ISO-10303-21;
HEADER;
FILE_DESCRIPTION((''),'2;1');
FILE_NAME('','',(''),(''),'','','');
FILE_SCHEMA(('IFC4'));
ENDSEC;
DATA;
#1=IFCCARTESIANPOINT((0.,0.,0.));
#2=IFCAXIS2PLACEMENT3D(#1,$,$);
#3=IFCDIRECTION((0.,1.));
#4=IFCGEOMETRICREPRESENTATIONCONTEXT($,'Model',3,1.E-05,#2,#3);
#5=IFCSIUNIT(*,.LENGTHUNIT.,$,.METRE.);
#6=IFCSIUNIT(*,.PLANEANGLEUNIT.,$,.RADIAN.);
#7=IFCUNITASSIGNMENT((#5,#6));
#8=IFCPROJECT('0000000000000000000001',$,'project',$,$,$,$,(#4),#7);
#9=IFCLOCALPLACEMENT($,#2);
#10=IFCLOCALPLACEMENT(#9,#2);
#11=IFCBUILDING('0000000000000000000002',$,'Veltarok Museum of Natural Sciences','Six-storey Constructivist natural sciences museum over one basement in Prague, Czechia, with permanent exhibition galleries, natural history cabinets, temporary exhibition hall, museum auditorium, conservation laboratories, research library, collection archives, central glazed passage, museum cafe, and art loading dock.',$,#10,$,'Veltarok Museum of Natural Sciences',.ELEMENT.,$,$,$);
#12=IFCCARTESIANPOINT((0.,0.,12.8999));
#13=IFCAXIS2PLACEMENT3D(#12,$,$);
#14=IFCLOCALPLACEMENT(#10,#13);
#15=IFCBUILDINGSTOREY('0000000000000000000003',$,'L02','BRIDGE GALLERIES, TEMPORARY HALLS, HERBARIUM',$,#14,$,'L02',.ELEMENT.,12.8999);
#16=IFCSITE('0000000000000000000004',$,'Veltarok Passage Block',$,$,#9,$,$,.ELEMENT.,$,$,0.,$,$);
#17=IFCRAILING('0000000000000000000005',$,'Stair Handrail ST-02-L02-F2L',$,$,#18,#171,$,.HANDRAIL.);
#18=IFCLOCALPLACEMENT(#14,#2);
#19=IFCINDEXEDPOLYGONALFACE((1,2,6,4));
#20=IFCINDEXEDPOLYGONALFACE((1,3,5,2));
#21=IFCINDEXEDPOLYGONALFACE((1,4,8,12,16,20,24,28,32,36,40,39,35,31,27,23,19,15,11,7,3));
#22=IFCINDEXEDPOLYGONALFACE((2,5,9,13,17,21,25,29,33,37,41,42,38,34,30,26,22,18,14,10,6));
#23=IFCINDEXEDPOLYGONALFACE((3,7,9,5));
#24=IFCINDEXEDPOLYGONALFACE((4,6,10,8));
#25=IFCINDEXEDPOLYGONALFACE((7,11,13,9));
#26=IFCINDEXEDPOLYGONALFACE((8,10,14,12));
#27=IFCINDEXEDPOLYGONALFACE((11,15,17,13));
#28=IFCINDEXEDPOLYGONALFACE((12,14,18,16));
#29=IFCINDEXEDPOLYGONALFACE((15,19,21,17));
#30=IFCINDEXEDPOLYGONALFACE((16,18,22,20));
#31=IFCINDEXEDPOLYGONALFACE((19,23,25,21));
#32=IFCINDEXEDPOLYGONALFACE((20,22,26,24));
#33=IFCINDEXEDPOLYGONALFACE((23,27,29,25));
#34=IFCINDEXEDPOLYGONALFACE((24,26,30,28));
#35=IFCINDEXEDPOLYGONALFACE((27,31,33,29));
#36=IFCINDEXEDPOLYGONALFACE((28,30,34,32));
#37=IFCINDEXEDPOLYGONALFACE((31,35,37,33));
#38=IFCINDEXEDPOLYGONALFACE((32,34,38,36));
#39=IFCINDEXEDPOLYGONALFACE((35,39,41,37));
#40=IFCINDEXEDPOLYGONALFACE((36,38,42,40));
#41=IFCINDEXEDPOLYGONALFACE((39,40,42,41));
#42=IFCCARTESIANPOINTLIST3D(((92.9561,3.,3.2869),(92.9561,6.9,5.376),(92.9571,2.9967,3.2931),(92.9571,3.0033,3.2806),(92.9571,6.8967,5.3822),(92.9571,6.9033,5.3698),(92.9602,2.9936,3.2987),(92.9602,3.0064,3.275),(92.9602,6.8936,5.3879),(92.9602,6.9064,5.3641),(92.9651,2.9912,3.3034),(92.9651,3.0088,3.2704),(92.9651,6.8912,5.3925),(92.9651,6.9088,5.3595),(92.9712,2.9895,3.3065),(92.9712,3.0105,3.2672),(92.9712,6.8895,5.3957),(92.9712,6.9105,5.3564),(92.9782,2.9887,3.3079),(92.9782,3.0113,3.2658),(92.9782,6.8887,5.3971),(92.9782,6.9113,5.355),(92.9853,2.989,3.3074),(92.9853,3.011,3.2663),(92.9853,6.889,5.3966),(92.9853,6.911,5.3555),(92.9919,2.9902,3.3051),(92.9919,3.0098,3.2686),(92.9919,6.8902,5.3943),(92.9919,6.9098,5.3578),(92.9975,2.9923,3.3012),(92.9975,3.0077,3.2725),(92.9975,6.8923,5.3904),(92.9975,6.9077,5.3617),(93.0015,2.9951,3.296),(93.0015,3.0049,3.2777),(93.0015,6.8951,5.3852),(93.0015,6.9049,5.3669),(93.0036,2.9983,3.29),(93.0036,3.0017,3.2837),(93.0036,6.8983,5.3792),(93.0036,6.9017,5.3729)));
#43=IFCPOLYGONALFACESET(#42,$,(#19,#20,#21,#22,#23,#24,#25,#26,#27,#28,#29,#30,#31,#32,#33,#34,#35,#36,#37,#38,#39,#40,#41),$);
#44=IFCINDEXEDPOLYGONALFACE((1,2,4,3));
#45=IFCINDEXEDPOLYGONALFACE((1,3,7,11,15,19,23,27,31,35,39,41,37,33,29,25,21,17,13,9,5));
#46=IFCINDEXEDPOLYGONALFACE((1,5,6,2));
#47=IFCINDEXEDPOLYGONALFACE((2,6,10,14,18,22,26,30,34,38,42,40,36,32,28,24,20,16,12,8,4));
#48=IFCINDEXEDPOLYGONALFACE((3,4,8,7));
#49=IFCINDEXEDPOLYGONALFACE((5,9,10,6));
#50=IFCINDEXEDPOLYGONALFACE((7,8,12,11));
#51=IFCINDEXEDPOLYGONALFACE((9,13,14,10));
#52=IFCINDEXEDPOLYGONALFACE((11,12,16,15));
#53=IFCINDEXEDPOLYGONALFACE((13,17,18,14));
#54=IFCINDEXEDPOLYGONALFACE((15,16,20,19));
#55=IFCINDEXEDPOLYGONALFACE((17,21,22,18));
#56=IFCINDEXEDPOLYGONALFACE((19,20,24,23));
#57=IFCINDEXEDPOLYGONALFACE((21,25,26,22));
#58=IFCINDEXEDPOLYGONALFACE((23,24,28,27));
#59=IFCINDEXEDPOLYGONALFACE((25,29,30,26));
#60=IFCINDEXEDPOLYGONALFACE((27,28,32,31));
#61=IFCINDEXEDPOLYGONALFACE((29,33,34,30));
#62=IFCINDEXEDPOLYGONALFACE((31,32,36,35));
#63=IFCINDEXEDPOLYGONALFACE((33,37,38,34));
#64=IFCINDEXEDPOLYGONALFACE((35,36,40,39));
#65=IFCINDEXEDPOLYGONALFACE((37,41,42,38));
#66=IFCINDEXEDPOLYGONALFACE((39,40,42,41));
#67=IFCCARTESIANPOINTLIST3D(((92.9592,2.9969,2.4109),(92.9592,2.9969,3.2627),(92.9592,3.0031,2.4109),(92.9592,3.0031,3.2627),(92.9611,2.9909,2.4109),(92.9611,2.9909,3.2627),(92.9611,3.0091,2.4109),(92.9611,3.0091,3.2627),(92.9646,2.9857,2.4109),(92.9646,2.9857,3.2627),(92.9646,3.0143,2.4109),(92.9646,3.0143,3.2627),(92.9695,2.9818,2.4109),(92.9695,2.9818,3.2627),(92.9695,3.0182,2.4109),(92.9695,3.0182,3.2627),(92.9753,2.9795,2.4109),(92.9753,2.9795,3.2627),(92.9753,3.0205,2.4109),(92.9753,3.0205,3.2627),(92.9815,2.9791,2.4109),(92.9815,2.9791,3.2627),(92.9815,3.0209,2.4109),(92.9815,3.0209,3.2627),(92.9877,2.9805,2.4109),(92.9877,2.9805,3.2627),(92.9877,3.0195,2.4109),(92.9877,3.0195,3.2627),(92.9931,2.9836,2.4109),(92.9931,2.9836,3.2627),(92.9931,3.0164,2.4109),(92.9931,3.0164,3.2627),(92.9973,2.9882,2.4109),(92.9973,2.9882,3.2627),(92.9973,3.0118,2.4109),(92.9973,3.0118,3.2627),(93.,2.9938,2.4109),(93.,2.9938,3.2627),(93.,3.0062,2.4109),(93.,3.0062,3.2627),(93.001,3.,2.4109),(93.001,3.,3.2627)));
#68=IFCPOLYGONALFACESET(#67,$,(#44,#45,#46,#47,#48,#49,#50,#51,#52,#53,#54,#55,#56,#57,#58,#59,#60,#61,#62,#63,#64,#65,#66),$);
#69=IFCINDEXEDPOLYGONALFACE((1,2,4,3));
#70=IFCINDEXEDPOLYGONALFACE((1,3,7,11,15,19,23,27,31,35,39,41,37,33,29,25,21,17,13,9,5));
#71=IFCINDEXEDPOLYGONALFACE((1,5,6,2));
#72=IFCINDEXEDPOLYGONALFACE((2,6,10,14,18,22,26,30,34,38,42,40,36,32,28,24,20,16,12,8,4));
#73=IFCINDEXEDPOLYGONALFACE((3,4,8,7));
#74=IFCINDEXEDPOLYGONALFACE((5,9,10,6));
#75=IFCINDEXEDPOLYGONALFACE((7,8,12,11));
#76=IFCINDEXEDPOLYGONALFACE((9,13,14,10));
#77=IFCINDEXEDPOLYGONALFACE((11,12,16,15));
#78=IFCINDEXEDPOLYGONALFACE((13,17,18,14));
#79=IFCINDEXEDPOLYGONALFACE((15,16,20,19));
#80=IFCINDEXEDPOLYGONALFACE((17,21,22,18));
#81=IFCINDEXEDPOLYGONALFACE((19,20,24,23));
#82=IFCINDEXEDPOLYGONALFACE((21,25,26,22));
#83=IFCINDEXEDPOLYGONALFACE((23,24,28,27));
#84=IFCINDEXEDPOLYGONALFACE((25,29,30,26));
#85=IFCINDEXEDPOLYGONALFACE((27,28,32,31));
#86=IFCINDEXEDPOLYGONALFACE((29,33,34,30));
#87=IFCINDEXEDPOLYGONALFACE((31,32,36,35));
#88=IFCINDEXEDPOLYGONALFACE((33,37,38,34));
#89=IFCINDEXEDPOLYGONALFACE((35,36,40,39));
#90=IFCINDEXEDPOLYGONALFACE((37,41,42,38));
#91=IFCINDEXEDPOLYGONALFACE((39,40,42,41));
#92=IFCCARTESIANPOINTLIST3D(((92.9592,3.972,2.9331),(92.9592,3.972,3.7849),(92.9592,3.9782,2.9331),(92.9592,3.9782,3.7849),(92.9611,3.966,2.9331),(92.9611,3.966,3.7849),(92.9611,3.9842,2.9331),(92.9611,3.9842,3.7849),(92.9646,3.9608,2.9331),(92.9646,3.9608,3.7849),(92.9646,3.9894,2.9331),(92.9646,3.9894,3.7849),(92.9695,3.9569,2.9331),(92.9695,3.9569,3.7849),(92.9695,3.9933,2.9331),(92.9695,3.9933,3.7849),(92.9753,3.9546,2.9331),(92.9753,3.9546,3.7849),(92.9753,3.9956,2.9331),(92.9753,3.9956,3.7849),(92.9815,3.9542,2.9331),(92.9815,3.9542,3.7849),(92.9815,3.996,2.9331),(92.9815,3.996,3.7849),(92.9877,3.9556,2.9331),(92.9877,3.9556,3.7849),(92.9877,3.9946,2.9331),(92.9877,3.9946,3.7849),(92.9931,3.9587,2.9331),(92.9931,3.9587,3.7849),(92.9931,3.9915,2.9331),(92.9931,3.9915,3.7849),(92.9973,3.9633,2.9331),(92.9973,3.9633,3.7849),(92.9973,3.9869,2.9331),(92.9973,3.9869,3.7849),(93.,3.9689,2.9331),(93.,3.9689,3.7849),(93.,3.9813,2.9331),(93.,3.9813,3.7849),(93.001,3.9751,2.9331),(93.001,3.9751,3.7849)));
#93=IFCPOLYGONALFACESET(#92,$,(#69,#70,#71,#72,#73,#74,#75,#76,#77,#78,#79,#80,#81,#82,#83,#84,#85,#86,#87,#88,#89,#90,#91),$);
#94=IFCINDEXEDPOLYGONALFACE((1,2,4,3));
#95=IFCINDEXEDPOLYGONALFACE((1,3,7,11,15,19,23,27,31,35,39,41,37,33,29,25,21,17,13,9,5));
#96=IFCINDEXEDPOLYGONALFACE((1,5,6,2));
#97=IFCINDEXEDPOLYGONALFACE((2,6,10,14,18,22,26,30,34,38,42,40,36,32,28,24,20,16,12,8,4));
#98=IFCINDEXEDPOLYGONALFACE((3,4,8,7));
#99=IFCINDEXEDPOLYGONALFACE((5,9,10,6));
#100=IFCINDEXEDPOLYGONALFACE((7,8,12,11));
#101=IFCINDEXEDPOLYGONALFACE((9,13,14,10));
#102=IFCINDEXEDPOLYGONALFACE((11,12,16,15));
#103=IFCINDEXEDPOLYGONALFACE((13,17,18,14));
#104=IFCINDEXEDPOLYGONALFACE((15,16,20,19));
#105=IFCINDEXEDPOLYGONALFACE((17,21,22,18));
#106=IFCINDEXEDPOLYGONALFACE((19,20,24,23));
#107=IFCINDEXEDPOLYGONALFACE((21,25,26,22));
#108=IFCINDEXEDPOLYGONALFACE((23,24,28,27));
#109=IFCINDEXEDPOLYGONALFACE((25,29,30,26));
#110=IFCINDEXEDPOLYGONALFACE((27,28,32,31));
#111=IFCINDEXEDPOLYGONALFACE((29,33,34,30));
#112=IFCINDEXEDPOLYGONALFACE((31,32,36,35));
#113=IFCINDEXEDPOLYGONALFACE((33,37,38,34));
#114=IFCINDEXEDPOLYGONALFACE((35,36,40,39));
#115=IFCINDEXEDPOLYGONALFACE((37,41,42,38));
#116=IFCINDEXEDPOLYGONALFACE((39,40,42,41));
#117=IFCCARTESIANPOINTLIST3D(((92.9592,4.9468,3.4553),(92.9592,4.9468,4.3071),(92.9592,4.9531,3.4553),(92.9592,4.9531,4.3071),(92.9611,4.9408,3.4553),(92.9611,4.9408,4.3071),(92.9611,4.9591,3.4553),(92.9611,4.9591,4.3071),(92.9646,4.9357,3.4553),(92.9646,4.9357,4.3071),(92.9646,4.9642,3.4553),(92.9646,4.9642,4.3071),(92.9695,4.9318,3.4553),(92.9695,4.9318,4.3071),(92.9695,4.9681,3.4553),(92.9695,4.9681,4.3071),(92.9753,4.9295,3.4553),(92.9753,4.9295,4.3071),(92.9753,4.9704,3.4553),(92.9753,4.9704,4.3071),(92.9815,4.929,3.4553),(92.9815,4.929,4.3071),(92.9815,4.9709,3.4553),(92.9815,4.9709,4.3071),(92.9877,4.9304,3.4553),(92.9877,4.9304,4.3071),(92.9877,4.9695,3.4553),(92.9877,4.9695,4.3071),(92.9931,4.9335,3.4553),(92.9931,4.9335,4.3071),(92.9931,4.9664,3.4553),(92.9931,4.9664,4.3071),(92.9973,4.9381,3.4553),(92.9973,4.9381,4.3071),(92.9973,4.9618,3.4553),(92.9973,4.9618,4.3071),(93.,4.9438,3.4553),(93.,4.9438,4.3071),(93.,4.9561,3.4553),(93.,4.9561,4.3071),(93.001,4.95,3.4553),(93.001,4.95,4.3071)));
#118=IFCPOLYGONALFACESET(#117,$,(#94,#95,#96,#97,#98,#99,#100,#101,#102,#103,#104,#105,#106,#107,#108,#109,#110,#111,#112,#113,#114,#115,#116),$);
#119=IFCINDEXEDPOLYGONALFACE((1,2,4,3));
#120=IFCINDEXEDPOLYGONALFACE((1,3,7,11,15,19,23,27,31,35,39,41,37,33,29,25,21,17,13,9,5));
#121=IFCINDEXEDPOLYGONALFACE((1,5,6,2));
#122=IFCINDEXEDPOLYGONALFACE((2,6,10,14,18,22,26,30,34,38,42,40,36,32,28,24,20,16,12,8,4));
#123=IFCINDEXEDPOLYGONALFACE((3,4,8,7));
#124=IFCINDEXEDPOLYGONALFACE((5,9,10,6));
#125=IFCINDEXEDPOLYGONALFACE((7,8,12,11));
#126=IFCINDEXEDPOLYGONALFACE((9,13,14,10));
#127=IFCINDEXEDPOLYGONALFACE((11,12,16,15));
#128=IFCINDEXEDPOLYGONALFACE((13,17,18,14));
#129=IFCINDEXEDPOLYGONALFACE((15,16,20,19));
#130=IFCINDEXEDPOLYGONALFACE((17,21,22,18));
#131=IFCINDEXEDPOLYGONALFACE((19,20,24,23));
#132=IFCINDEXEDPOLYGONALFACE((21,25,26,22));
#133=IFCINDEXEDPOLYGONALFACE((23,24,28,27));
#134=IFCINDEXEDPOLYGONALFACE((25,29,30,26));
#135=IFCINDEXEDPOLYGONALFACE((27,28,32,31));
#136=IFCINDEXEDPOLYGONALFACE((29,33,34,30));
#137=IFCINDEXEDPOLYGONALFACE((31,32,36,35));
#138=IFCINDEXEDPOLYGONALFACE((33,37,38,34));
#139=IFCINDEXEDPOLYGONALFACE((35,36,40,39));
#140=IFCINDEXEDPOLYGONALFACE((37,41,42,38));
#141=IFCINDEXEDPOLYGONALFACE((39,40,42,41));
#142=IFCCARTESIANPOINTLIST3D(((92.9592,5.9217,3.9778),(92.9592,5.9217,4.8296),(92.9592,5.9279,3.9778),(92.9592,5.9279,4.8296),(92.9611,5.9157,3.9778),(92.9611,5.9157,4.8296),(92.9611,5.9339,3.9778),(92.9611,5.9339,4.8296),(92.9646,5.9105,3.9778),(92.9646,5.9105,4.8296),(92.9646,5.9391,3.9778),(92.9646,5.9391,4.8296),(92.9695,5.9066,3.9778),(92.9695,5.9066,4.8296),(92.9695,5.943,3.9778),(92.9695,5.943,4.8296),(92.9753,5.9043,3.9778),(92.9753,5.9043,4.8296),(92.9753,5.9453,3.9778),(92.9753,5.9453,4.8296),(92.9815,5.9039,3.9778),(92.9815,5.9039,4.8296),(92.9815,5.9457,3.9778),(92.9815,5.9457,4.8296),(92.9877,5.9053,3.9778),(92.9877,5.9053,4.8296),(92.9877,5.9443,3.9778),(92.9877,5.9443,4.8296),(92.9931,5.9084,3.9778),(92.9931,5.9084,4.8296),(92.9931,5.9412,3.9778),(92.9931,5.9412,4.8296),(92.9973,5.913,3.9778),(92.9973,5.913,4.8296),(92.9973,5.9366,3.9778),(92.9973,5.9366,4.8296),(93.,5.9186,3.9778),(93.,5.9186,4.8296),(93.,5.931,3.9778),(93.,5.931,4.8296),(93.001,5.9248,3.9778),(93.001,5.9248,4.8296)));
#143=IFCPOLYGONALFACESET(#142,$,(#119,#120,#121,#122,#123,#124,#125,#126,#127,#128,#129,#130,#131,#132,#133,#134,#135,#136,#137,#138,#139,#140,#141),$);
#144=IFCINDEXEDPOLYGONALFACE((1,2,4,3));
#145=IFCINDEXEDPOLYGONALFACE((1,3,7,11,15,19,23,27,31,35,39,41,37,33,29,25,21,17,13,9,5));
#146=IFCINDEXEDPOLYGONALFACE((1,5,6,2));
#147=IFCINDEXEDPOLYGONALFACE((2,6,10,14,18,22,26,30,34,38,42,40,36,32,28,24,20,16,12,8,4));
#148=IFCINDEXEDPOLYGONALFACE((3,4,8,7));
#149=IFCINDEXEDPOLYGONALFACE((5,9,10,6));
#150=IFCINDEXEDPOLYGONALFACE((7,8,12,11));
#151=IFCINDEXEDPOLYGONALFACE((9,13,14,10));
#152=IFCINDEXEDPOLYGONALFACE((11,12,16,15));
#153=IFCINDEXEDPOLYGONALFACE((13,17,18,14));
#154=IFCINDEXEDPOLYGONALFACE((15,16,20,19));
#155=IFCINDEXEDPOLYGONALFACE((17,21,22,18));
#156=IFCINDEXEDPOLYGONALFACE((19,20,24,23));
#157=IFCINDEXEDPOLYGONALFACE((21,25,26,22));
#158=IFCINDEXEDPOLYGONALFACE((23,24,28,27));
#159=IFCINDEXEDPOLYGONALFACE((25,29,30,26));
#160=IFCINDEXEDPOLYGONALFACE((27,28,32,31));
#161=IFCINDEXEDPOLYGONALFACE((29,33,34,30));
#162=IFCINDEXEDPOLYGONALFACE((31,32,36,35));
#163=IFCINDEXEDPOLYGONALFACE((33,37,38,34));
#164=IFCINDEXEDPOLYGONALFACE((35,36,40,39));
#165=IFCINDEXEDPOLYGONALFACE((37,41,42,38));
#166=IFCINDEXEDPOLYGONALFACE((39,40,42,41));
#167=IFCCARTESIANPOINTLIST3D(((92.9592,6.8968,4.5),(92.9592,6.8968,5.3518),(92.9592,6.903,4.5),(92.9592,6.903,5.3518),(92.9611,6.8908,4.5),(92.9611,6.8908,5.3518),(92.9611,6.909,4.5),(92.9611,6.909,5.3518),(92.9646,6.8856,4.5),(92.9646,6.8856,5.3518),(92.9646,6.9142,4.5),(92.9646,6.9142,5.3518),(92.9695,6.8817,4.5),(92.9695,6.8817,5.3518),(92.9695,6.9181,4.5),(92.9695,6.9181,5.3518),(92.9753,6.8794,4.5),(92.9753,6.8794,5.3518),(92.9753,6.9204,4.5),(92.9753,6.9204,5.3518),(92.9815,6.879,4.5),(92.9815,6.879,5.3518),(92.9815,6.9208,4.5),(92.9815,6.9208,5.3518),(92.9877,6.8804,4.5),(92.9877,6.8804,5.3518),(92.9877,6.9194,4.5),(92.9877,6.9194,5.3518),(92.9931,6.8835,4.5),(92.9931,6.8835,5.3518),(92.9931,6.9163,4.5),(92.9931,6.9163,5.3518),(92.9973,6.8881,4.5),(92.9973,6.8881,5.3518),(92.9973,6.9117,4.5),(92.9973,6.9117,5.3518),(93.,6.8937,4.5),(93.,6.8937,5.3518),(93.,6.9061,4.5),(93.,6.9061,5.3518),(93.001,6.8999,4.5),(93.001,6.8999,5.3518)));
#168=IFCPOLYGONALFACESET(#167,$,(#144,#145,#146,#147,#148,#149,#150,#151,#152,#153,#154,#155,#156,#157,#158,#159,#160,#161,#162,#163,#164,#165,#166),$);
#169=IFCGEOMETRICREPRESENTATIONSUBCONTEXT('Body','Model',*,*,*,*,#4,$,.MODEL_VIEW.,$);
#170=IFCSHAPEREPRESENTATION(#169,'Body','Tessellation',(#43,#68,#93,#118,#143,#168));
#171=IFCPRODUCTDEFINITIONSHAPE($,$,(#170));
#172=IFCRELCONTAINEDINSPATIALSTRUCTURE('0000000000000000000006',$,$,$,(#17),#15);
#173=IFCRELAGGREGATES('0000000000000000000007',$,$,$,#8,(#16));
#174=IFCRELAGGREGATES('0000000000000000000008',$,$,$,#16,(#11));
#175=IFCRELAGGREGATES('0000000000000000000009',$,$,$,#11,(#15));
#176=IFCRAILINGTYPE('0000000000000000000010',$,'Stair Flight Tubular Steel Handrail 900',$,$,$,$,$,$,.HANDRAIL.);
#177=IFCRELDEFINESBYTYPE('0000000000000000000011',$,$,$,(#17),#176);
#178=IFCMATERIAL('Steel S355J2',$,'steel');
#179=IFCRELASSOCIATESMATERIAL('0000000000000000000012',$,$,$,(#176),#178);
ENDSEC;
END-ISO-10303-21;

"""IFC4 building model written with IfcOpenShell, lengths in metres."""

from ifc_helpers import new_model, si_unit, direction, frame, origin, origin_2d, place, context, subcontext, project, spatial, circle, extrude, material, type_object, element, save


model = new_model("IFC4")

# Units and contexts
model_context = context("Model", 3, precision=1e-05, world=origin(), true_north=direction((0.0, 1.0)))
body_context = subcontext(model_context, "Body", "Model", "MODEL_VIEW")
ifc_project = project(units=[si_unit("LENGTHUNIT", "METRE"), si_unit("PLANEANGLEUNIT", "RADIAN")], contexts=[model_context])

# Site, building, storey
site_placement = place(None, origin())
site = spatial("IfcSite", under=ifc_project, at=site_placement, Name="Veltarok Passage Block", CompositionType="ELEMENT", RefElevation=0.0)
building_placement = place(site_placement, origin())
building = spatial("IfcBuilding", under=site, at=building_placement, Name="Veltarok Museum of Natural Sciences", Description="Six-storey Constructivist natural sciences museum over one basement in Prague, Czechia, with permanent exhibition galleries, natural history cabinets, temporary exhibition hall, museum auditorium, conservation laboratories, research library, collection archives, central glazed passage, museum cafe, and art loading dock.", LongName="Veltarok Museum of Natural Sciences", CompositionType="ELEMENT")
storey_placement = place(building_placement, frame((0.0, 0.0, 12.8999)))
storey = spatial("IfcBuildingStorey", under=building, at=storey_placement, Name="L02", Description="BRIDGE GALLERIES, TEMPORARY HALLS, HERBARIUM", LongName="L02", CompositionType="ELEMENT", Elevation=12.8999)

# Shared definitions
ifc_material_1 = material(Name="Steel S355J2", Category="steel")

# Railing
railing_type_1 = type_object("IfcRailingType", Name="Stair Flight Tubular Steel Handrail 900", PredefinedType="HANDRAIL", material=ifc_material_1)
for number, where, name in (
    (1, (92.98, 3.0, 2.4109), "Stair Handrail ST-02-L02-F2L"),
):
    element("IfcRailing", number, at=place(storey_placement, frame(where)), inside=storey, type_object=railing_type_1, Name=name, PredefinedType="HANDRAIL", context=body_context, shape_type="SweptSolid", body=[
        extrude(circle(Radius=0.0239, at=origin_2d()), frame((0.0, 0.0, 0.876), z_axis=(0.0, 0.881491, 0.4722), x_axis=(-1.0, 0.0, 0.0)), (0.0, 0.0, 1.0), 4.4243),
        extrude(circle(Radius=0.021, at=origin_2d()), origin(), (0.0, 0.0, 1.0), 0.8518),
        extrude(circle(Radius=0.021, at=origin_2d()), frame((0.0, 0.9751, 0.5222)), (0.0, 0.0, 1.0), 0.8518),
        extrude(circle(Radius=0.021, at=origin_2d()), frame((0.0, 1.95, 1.0444)), (0.0, 0.0, 1.0), 0.8518),
        extrude(circle(Radius=0.021, at=origin_2d()), frame((0.0, 2.9248, 1.5669)), (0.0, 0.0, 1.0), 0.8518),
        extrude(circle(Radius=0.021, at=origin_2d()), frame((0.0, 3.8999, 2.0891)), (0.0, 0.0, 1.0), 0.8518),
    ])

save(model, "model.ifc")
